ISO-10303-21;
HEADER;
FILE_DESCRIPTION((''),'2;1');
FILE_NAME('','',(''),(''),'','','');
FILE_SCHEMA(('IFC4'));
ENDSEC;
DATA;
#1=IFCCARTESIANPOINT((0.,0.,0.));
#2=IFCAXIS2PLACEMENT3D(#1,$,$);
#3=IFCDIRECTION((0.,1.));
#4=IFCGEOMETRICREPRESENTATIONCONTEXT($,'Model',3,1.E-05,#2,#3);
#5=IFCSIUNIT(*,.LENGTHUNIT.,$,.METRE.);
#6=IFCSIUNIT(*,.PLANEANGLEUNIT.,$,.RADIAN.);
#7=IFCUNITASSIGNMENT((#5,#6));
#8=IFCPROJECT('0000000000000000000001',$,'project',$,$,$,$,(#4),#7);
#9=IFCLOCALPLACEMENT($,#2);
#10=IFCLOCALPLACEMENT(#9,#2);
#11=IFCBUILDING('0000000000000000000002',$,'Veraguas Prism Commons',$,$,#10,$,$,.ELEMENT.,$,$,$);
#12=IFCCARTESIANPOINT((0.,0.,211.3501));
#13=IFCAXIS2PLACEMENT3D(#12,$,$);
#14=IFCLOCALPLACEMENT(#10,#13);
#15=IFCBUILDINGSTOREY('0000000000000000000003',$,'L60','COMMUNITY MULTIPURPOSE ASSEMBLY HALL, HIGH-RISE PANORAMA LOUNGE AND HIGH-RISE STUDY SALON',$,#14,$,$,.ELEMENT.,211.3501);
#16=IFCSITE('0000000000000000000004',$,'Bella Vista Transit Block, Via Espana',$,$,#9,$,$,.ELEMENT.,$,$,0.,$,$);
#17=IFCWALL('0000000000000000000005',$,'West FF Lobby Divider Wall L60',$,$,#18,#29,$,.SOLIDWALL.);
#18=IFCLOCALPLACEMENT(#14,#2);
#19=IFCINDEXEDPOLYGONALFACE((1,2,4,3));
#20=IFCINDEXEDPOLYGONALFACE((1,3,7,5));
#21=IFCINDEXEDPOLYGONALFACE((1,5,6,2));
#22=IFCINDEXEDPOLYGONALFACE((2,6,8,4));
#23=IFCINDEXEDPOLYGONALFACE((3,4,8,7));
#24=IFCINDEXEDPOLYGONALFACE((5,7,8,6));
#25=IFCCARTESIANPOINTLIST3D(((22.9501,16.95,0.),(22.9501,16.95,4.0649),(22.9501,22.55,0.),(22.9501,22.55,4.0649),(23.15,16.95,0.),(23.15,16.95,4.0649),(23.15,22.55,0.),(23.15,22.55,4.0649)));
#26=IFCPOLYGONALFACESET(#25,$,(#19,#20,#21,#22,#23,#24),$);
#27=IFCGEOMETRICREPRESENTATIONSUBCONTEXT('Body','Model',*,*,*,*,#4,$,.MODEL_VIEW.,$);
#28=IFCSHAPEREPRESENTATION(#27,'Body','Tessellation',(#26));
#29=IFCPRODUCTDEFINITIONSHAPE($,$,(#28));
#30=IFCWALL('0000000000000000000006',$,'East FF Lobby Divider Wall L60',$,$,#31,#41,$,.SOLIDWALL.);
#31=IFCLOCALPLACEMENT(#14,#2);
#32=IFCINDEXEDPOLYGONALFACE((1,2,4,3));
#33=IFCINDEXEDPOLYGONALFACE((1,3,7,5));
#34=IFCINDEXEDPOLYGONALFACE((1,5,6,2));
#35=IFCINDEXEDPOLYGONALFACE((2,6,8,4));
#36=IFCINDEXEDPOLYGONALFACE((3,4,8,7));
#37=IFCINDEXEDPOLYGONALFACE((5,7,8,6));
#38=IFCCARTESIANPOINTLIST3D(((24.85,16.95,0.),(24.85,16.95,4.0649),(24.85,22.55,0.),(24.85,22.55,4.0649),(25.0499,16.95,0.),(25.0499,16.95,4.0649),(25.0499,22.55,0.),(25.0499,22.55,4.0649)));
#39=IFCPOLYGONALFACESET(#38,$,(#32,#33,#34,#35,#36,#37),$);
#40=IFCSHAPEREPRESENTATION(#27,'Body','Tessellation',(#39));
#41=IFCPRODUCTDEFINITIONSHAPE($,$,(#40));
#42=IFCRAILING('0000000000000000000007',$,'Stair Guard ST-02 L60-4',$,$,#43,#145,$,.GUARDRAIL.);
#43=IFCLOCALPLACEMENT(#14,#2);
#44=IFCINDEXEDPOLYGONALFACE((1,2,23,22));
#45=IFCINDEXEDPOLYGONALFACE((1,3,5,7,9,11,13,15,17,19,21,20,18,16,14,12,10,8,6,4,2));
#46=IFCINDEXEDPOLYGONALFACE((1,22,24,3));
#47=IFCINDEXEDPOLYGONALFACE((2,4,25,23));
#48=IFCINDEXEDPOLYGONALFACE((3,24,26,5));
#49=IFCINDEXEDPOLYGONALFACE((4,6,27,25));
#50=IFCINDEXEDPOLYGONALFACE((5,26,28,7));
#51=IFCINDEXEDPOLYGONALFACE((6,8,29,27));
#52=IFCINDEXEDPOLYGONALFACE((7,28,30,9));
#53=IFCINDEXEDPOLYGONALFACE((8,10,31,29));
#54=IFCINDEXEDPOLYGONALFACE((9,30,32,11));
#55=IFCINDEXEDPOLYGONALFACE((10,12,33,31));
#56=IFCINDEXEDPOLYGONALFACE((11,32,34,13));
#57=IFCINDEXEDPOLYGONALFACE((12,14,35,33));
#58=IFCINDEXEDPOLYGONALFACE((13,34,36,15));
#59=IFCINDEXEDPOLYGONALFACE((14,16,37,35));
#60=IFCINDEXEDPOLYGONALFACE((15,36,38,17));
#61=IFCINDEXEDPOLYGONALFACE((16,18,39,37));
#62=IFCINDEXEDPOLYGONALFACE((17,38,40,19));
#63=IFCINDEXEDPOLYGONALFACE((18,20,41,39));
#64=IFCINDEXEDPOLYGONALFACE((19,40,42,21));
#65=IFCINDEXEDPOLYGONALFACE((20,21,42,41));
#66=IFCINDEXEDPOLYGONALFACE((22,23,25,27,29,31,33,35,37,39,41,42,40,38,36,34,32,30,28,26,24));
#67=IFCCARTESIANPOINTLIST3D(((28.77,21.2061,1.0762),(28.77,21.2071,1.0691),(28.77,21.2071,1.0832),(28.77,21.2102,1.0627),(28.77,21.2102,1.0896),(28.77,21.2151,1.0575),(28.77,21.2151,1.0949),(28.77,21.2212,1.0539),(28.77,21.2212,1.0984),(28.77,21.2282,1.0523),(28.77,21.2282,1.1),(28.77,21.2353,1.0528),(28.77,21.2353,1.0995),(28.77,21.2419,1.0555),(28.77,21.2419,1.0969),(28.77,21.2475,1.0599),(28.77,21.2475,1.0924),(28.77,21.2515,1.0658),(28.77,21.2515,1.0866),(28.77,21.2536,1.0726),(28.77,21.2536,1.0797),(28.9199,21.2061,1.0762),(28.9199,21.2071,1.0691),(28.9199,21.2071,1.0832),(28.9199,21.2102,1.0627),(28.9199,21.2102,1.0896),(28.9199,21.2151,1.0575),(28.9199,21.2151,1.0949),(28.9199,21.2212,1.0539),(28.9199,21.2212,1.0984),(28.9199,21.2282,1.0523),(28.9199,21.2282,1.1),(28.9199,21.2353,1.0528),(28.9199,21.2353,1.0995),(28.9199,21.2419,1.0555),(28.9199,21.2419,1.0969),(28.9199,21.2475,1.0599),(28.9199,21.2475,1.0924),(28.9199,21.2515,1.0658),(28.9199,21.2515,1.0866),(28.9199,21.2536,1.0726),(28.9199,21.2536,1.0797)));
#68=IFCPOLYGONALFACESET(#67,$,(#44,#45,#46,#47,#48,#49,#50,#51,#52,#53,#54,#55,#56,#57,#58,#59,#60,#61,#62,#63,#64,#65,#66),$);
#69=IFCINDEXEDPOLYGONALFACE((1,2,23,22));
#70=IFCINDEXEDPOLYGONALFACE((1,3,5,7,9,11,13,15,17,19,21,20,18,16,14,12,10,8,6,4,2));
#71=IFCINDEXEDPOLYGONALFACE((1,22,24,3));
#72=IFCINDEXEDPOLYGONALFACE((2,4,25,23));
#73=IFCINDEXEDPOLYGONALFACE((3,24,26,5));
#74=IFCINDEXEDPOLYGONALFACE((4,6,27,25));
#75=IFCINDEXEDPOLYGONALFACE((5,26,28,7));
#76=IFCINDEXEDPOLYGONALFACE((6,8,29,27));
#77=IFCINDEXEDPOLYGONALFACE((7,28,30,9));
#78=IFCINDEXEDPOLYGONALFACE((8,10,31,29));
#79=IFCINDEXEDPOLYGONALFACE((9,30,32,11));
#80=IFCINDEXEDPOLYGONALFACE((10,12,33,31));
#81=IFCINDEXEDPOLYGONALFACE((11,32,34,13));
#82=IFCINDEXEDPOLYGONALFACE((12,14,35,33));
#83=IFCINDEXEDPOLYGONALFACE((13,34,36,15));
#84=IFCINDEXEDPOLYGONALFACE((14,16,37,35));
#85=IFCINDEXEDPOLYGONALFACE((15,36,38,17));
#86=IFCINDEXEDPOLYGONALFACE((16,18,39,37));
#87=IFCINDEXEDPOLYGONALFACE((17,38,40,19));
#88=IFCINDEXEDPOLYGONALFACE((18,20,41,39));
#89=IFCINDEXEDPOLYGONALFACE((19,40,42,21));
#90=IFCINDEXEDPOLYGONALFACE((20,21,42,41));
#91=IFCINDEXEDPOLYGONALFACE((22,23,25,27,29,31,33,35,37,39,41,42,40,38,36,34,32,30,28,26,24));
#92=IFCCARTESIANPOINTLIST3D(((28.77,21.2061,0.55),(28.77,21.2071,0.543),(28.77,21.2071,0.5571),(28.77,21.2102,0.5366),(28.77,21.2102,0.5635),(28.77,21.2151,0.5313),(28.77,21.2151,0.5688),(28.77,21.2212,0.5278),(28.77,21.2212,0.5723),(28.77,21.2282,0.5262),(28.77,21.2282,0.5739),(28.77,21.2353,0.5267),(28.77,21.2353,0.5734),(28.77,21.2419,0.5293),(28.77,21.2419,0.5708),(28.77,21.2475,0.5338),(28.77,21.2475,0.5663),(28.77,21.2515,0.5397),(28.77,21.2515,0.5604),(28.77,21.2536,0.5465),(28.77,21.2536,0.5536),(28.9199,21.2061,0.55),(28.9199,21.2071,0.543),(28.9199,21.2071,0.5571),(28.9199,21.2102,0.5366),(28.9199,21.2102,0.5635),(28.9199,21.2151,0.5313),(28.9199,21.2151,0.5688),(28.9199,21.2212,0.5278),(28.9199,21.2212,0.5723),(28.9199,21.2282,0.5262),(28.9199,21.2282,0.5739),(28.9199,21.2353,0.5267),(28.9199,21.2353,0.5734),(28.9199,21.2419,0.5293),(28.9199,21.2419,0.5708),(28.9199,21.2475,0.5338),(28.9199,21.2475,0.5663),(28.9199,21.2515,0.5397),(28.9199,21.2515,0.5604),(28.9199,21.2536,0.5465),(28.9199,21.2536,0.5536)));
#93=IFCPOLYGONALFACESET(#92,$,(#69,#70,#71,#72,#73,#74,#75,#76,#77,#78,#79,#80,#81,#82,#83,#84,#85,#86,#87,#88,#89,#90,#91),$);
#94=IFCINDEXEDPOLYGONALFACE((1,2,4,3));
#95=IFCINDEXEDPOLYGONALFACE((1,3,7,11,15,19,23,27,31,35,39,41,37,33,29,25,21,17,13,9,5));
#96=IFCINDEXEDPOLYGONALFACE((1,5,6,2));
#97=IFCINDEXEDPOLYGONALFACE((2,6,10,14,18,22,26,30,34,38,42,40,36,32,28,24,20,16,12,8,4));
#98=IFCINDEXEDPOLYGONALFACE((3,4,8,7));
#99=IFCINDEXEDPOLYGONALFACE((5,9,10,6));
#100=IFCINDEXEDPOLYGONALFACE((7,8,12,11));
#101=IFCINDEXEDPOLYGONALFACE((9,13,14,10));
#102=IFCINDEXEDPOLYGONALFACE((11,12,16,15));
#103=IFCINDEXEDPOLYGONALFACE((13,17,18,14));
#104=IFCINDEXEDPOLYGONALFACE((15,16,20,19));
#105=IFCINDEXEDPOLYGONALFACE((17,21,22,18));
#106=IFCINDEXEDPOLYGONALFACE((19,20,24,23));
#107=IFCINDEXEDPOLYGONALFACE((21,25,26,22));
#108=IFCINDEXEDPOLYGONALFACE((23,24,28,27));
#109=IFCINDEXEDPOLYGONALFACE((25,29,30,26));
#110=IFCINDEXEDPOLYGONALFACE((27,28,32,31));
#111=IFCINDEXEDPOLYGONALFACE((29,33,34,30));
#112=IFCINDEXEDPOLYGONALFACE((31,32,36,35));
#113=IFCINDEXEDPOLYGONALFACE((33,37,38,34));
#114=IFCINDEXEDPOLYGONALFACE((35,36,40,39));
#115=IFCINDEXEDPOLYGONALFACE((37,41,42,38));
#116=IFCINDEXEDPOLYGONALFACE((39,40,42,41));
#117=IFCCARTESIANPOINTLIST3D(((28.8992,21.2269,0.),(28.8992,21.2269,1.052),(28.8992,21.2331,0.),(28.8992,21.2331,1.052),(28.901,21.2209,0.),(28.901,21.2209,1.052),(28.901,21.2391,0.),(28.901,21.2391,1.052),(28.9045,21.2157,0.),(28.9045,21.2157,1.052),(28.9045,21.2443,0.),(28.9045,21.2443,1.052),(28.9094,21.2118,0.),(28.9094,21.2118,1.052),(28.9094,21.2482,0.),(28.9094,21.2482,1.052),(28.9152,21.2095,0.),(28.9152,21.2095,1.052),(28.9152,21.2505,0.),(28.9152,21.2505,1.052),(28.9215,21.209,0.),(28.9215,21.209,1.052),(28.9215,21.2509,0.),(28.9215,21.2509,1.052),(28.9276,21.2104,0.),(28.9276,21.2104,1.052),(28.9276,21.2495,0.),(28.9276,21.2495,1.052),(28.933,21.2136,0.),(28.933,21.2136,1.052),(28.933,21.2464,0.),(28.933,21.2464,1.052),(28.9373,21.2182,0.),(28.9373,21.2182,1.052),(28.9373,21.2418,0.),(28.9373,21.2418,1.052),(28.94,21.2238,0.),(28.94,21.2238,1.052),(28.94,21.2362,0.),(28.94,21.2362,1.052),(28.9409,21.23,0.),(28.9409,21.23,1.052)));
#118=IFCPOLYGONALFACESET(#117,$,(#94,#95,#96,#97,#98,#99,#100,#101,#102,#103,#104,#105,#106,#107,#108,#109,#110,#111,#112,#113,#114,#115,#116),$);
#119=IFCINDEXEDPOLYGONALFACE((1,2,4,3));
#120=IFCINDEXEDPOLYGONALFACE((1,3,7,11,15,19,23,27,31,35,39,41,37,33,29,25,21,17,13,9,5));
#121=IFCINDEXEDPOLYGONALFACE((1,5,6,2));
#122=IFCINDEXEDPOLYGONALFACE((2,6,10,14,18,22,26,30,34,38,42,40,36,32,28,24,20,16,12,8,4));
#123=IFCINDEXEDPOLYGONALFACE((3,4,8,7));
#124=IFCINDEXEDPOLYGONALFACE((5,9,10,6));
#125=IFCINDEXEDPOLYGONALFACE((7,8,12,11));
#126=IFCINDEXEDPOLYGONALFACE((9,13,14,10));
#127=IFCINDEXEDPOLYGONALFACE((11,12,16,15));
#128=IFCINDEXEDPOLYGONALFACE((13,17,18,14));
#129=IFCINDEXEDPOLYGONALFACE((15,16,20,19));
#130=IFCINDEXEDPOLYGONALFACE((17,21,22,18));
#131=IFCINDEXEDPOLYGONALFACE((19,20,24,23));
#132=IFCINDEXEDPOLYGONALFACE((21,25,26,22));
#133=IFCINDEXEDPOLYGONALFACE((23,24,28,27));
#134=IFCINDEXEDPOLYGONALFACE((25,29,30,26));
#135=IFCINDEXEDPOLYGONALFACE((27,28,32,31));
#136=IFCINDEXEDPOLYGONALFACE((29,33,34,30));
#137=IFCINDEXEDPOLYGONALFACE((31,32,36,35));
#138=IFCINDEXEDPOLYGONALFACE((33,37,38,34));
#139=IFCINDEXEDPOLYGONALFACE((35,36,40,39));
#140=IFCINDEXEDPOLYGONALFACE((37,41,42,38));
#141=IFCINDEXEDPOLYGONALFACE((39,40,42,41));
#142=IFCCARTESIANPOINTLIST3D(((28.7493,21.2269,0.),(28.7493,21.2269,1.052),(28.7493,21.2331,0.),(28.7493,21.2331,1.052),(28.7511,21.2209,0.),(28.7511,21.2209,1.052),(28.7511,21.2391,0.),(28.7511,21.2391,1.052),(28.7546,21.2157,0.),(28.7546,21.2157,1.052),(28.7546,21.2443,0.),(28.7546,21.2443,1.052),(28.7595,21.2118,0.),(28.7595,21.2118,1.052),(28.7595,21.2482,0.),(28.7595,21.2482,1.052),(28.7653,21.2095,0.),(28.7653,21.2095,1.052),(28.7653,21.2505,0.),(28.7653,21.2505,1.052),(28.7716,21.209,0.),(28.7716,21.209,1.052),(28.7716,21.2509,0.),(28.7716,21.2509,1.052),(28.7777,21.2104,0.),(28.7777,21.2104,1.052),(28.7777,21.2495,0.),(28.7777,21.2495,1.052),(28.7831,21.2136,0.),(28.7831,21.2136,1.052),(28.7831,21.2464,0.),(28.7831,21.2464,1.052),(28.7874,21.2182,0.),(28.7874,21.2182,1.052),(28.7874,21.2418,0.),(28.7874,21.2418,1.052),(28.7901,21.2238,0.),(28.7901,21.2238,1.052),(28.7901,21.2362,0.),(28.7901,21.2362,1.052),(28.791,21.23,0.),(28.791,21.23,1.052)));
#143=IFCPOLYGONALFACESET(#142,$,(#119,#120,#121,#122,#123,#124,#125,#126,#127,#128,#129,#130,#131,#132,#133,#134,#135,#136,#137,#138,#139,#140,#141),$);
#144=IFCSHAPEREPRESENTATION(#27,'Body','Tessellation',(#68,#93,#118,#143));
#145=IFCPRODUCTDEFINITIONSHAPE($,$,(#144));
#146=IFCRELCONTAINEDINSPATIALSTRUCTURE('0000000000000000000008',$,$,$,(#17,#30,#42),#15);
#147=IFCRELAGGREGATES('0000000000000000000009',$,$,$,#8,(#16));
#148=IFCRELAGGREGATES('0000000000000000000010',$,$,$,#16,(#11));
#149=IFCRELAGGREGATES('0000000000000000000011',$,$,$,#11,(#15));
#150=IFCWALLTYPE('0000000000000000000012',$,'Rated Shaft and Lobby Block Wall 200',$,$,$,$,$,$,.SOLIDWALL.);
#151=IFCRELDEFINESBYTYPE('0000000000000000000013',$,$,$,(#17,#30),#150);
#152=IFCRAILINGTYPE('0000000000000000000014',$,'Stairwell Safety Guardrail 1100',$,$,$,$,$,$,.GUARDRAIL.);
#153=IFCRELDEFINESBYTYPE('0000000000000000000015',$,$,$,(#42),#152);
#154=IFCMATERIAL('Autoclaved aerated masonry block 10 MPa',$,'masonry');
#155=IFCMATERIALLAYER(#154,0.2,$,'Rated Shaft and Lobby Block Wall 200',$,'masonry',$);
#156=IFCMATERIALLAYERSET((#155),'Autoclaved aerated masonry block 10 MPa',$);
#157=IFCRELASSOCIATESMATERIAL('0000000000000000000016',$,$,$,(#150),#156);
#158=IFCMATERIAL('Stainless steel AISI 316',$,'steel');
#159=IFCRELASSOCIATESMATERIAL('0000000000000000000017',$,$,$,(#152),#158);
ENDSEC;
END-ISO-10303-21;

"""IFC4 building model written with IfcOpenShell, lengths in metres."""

from ifc_helpers import new_model, si_unit, direction, frame, frame_2d, origin, origin_2d, place, context, subcontext, project, spatial, rectangle, circle, extrude, material, layer, layer_set, type_object, element, save


model = new_model("IFC4")

# Units and contexts
model_context = context("Model", 3, precision=1e-05, world=origin(), true_north=direction((0.0, 1.0)))
body_context = subcontext(model_context, "Body", "Model", "MODEL_VIEW")
ifc_project = project(units=[si_unit("LENGTHUNIT", "METRE"), si_unit("PLANEANGLEUNIT", "RADIAN")], contexts=[model_context])

# Site, building, storey
site_placement = place(None, origin())
site = spatial("IfcSite", under=ifc_project, at=site_placement, Name="Bella Vista Transit Block, Via Espana", CompositionType="ELEMENT", RefElevation=0.0)
building_placement = place(site_placement, origin())
building = spatial("IfcBuilding", under=site, at=building_placement, Name="Veraguas Prism Commons", CompositionType="ELEMENT")
storey_placement = place(building_placement, frame((0.0, 0.0, 211.3501)))
storey = spatial("IfcBuildingStorey", under=building, at=storey_placement, Name="L60", Description="COMMUNITY MULTIPURPOSE ASSEMBLY HALL, HIGH-RISE PANORAMA LOUNGE AND HIGH-RISE STUDY SALON", CompositionType="ELEMENT", Elevation=211.3501)

# Shared definitions
ifc_material_1 = material(Name="Autoclaved aerated masonry block 10 MPa", Category="masonry")
ifc_layer_1 = layer(ifc_material_1, 0.2, Name="Rated Shaft and Lobby Block Wall 200", Category="masonry")
ifc_layer_set_1 = layer_set([ifc_layer_1], Name="Autoclaved aerated masonry block 10 MPa")
wall_type_1 = type_object("IfcWallType", Name="Rated Shaft and Lobby Block Wall 200", PredefinedType="SOLIDWALL", material=ifc_layer_set_1)
ifc_material_2 = material(Name="Stainless steel AISI 316", Category="steel")

# Walls
for number, where, z_axis, x_axis, name in (
    (1, (23.05, 16.95, 0.0), (0.0, 0.0, 1.0), (0.0, 1.0, 0.0), "West FF Lobby Divider Wall L60"),
    (2, (24.95, 16.95, 0.0), (0.0, 0.0, 1.0), (0.0, 1.0, 0.0), "East FF Lobby Divider Wall L60"),
):
    element("IfcWall", number, at=place(storey_placement, frame(where, z_axis=z_axis, x_axis=x_axis)), inside=storey, type_object=wall_type_1, Name=name, PredefinedType="SOLIDWALL", context=body_context, shape_type="SweptSolid", body=[
        extrude(rectangle(XDim=5.6001, YDim=0.2, at=frame_2d((2.8, 0.0))), origin(), (0.0, 0.0, 1.0), 4.0649),
    ])

# Railing
railing_type = type_object("IfcRailingType", Name="Stairwell Safety Guardrail 1100", PredefinedType="GUARDRAIL", material=ifc_material_2)
railing_placement = place(storey_placement, frame((28.9199, 21.23, 0.0)))
element("IfcRailing", 3, at=railing_placement, inside=storey, type_object=railing_type, Name="Stair Guard ST-02 L60-4", PredefinedType="GUARDRAIL", context=body_context, shape_type="SweptSolid", body=[
    extrude(circle(Radius=0.0239, at=origin_2d()), frame((0.0, 0.0, 1.0762), z_axis=(-1.0, 0.0, 0.0), x_axis=(0.0, -1.0, 0.0)), (0.0, 0.0, 1.0), 0.1499),
    extrude(circle(Radius=0.0239, at=origin_2d()), frame((0.0, 0.0, 0.55), z_axis=(-1.0, 0.0, 0.0), x_axis=(0.0, -1.0, 0.0)), (0.0, 0.0, 1.0), 0.1499),
    extrude(circle(Radius=0.021, at=origin_2d()), origin(), (0.0, 0.0, 1.0), 1.052),
    extrude(circle(Radius=0.021, at=origin_2d()), frame((-0.1499, 0.0, 0.0)), (0.0, 0.0, 1.0), 1.052),
])

save(model, "model.ifc")
